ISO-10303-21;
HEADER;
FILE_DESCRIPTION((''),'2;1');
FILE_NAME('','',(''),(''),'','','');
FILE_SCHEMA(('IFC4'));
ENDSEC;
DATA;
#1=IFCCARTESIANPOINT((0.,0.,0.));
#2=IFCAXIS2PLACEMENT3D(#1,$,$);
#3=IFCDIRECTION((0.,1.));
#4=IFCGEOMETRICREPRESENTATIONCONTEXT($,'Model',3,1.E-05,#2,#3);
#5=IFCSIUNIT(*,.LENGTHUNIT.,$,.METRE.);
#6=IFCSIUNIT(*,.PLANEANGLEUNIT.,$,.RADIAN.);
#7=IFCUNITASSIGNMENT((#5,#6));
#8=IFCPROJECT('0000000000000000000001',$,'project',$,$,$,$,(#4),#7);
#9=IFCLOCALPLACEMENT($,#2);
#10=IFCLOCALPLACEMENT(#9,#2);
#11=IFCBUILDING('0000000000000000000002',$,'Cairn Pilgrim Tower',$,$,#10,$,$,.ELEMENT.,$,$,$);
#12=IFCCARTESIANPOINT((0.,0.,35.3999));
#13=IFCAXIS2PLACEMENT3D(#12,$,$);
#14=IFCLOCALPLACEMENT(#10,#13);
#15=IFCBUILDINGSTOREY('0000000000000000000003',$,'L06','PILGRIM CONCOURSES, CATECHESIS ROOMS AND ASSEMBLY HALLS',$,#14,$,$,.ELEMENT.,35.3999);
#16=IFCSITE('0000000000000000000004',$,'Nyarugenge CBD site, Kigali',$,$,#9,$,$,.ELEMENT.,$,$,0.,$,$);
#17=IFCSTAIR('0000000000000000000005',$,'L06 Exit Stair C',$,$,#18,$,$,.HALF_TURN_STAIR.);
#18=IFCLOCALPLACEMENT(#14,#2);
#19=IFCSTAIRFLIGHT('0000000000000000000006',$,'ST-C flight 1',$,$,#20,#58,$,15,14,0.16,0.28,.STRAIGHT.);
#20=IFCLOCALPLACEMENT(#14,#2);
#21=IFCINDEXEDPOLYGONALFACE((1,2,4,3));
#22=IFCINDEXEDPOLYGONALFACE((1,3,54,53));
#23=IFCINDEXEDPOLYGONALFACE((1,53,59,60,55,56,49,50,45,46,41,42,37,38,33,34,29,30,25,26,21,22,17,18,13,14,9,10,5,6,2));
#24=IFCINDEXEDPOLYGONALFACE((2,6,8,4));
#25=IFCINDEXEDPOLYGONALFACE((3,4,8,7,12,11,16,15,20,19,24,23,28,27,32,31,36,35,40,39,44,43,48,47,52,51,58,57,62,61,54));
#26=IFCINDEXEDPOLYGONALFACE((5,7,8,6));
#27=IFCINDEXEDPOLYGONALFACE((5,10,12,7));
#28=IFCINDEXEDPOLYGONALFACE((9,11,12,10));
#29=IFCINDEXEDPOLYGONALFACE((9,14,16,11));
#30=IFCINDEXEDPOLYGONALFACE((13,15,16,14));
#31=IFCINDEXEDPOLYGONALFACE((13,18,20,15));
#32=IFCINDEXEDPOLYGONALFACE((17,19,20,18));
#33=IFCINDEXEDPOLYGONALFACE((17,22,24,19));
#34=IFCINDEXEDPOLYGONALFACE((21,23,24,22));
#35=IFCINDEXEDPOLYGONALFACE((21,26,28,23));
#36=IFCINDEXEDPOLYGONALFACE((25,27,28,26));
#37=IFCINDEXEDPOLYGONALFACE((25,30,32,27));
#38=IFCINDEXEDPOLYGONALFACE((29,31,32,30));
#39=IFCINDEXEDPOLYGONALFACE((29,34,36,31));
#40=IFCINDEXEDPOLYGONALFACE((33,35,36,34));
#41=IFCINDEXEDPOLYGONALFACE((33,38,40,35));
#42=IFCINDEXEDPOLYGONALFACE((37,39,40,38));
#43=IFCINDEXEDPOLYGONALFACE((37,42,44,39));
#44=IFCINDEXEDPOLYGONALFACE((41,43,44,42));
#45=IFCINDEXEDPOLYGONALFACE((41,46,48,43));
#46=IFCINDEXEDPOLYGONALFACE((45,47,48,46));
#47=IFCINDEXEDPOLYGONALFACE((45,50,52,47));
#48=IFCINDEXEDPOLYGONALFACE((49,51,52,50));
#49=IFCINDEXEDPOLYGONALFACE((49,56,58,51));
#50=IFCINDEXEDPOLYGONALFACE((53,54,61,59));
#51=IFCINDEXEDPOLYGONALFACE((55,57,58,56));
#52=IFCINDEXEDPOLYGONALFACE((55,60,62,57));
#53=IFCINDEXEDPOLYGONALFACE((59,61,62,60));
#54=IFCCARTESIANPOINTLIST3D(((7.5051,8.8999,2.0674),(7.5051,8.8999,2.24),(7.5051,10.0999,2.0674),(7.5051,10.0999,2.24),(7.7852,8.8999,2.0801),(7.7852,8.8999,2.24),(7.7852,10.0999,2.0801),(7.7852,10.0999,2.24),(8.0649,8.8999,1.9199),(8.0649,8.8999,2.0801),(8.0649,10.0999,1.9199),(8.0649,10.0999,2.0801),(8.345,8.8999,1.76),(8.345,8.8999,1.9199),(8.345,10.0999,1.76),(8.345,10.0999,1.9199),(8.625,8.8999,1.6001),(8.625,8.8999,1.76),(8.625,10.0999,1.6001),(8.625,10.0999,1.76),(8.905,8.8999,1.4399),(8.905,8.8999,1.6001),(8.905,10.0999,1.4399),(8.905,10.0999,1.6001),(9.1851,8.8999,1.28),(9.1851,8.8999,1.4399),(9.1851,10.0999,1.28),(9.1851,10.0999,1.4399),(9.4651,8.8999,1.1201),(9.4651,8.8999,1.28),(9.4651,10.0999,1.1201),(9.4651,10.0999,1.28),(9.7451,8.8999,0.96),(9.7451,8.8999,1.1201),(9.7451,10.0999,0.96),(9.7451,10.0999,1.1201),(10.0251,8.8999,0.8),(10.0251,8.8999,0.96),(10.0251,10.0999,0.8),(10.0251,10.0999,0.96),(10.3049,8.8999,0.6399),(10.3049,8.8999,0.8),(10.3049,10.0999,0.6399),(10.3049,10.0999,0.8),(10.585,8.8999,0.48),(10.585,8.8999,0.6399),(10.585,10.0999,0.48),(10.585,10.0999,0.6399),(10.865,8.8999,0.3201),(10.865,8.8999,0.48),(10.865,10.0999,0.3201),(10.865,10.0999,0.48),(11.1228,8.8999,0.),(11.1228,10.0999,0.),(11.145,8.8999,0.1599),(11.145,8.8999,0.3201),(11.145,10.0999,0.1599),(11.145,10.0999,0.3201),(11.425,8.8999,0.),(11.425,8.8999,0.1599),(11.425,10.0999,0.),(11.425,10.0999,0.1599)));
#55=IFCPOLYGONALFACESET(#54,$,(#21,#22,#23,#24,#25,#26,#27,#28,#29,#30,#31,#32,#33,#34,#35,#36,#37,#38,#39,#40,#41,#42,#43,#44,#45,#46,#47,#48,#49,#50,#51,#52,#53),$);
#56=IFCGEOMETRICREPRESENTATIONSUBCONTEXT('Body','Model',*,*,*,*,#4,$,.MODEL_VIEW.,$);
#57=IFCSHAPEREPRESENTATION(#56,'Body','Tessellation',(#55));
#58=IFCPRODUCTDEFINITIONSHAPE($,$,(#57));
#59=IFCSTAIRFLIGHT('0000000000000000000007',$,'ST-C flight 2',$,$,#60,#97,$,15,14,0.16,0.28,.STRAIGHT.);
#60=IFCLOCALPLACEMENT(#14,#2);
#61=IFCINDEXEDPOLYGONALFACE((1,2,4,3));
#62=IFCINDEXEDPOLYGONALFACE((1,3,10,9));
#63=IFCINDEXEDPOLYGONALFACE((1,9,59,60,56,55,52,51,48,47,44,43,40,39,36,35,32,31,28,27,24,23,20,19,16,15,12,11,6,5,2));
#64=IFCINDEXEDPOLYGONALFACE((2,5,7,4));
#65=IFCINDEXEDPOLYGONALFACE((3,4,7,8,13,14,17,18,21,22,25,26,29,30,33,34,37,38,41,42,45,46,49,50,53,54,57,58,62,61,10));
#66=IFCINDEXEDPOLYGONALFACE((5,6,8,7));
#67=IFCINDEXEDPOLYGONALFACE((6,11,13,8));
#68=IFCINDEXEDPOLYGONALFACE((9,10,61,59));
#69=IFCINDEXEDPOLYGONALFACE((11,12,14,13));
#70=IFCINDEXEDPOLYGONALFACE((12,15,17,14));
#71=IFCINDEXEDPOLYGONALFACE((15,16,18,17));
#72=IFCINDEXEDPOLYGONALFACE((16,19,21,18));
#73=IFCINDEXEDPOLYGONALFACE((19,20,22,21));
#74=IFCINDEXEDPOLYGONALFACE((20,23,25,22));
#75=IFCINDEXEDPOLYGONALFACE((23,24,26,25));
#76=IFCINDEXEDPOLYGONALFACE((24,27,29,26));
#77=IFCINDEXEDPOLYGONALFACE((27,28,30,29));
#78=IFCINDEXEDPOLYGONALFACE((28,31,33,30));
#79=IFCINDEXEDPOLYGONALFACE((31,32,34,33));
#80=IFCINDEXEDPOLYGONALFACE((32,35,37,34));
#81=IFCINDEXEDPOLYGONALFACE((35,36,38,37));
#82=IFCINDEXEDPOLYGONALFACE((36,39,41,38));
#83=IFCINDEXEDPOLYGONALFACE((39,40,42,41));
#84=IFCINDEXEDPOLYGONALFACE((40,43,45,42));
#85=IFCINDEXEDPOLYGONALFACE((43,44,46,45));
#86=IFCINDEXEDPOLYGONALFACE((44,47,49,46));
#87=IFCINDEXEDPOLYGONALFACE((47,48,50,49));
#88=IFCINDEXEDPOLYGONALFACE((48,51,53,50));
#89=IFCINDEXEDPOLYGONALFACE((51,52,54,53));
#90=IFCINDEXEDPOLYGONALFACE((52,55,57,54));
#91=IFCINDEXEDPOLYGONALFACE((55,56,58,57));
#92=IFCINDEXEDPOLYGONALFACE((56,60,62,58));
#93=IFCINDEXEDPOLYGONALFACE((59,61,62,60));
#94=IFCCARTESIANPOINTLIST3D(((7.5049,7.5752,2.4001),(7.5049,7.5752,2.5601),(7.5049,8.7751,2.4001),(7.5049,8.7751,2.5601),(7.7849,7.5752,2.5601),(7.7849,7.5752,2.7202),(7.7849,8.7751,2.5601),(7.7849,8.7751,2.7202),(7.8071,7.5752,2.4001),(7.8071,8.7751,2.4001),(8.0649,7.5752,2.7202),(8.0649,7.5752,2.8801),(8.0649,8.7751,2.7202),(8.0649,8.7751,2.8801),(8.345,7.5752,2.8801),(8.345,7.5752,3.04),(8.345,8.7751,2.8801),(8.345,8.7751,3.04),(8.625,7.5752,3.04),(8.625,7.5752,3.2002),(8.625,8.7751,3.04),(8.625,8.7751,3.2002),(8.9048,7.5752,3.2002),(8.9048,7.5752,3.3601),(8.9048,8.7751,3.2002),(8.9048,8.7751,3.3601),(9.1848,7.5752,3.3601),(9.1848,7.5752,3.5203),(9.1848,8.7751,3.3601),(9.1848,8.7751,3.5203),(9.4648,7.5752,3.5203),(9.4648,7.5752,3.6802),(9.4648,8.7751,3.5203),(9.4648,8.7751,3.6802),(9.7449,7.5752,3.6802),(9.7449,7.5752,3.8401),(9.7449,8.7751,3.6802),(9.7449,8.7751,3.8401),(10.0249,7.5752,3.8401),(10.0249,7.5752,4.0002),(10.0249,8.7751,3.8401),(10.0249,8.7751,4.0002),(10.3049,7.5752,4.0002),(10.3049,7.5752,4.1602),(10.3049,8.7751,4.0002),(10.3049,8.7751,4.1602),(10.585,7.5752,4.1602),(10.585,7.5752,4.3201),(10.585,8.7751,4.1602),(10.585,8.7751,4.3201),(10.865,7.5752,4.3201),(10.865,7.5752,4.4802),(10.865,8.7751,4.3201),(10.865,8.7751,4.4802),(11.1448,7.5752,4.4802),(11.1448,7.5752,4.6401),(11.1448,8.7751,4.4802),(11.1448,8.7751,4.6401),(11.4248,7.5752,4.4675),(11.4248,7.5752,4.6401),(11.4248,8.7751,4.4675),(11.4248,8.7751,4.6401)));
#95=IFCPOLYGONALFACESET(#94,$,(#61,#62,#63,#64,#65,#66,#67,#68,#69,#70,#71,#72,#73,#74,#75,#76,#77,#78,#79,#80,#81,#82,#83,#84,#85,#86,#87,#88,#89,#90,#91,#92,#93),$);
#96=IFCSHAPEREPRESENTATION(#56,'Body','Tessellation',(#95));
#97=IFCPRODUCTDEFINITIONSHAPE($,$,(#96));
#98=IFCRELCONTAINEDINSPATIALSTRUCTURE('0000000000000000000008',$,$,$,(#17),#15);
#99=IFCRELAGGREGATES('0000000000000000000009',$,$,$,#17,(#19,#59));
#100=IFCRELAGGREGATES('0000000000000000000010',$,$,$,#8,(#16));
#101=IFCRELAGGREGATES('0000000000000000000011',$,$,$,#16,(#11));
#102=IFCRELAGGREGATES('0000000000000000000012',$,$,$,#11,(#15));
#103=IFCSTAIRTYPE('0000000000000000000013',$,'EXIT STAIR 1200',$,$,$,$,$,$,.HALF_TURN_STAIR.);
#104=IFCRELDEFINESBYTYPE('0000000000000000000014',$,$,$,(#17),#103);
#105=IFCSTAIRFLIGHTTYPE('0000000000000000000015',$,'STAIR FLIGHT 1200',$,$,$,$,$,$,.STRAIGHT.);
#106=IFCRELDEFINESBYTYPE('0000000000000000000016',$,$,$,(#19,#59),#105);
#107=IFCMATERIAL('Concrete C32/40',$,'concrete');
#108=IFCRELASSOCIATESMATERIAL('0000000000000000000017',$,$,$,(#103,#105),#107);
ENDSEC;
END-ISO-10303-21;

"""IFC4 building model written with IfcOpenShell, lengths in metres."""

from ifc_helpers import new_model, si_unit, direction, frame, origin, place, context, subcontext, project, spatial, polyline, outline, extrude, material, type_object, element, aggregate, save


model = new_model("IFC4")

# Units and contexts
model_context = context("Model", 3, precision=1e-05, world=origin(), true_north=direction((0.0, 1.0)))
body_context = subcontext(model_context, "Body", "Model", "MODEL_VIEW")
ifc_project = project(units=[si_unit("LENGTHUNIT", "METRE"), si_unit("PLANEANGLEUNIT", "RADIAN")], contexts=[model_context])

# Site, building, storey
site_placement = place(None, origin())
site = spatial("IfcSite", under=ifc_project, at=site_placement, Name="Nyarugenge CBD site, Kigali", CompositionType="ELEMENT", RefElevation=0.0)
building_placement = place(site_placement, origin())
building = spatial("IfcBuilding", under=site, at=building_placement, Name="Cairn Pilgrim Tower", CompositionType="ELEMENT")
storey_placement = place(building_placement, frame((0.0, 0.0, 35.3999)))
storey = spatial("IfcBuildingStorey", under=building, at=storey_placement, Name="L06", Description="PILGRIM CONCOURSES, CATECHESIS ROOMS AND ASSEMBLY HALLS", CompositionType="ELEMENT", Elevation=35.3999)

# Shared definitions
ifc_material_1 = material(Name="Concrete C32/40", Category="concrete")

# Shared definitions
stair_type = type_object("IfcStairType", Name="EXIT STAIR 1200", PredefinedType="HALF_TURN_STAIR", material=ifc_material_1)
stair_flight_type = type_object("IfcStairFlightType", Name="STAIR FLIGHT 1200", PredefinedType="STRAIGHT", material=ifc_material_1)

# Stair, stair flights
stair_1_placement = place(storey_placement, origin())
stair_1 = element("IfcStair", 1, at=stair_1_placement, inside=storey, type_object=stair_type, Name="L06 Exit Stair C", PredefinedType="HALF_TURN_STAIR")
stair_flight_1_placement = place(storey_placement, frame((11.425, 9.5, 0.0), z_axis=(0.0, 0.0, 1.0), x_axis=(-1.0, 0.0, 0.0)))
stair_flight_1 = element("IfcStairFlight", 2, at=stair_flight_1_placement, type_object=stair_flight_type, Name="ST-C flight 1", NumberOfRisers=15, NumberOfTreads=14, PredefinedType="STRAIGHT", RiserHeight=0.16, TreadLength=0.28, context=body_context, shape_type="SweptSolid", body=[
    extrude(outline(polyline([(0.0, 0.0), (0.0, 0.1599), (0.28, 0.1599), (0.28, 0.3201), (0.5601, 0.3201), (0.5601, 0.48), (0.8401, 0.48), (0.8401, 0.6399), (1.1201, 0.6399), (1.1201, 0.8), (1.3999, 0.8), (1.3999, 0.96), (1.6799, 0.96), (1.6799, 1.1201), (1.96, 1.1201), (1.96, 1.28), (2.24, 1.28), (2.24, 1.4399), (2.52, 1.4399), (2.52, 1.6001), (2.8, 1.6001), (2.8, 1.76), (3.0801, 1.76), (3.0801, 1.9199), (3.3601, 1.9199), (3.3601, 2.0801), (3.6399, 2.0801), (3.6399, 2.24), (3.9199, 2.24), (3.9199, 2.3999), (3.9199, 2.0674), (0.3022, 0.0), (0.0, 0.0)])), frame((0.0, 0.6001, 0.0), z_axis=(0.0, -1.0, 0.0), x_axis=(1.0, 0.0, 0.0)), (0.0, 0.0, 1.0), 1.2),
])
stair_flight_2_placement = place(storey_placement, frame((7.5049, 8.175, 2.4001), z_axis=(0.0, 0.0, 1.0), x_axis=(1.0, 0.0, 0.0)))
stair_flight_2 = element("IfcStairFlight", 3, at=stair_flight_2_placement, type_object=stair_flight_type, Name="ST-C flight 2", NumberOfRisers=15, NumberOfTreads=14, PredefinedType="STRAIGHT", RiserHeight=0.16, TreadLength=0.28, context=body_context, shape_type="SweptSolid", body=[
    extrude(outline(polyline([(0.0, 0.0), (0.0, 0.1599), (0.28, 0.1599), (0.28, 0.3201), (0.5601, 0.3201), (0.5601, 0.48), (0.8401, 0.48), (0.8401, 0.6399), (1.1201, 0.6399), (1.1201, 0.8), (1.3999, 0.8), (1.3999, 0.96), (1.6799, 0.96), (1.6799, 1.1201), (1.96, 1.1201), (1.96, 1.28), (2.24, 1.28), (2.24, 1.4399), (2.52, 1.4399), (2.52, 1.6001), (2.8, 1.6001), (2.8, 1.76), (3.0801, 1.76), (3.0801, 1.9199), (3.3601, 1.9199), (3.3601, 2.0801), (3.6399, 2.0801), (3.6399, 2.24), (3.9199, 2.24), (3.9199, 2.3999), (3.9199, 2.0674), (0.3022, 0.0), (0.0, 0.0)])), frame((0.0, 0.6001, 0.0), z_axis=(0.0, -1.0, 0.0), x_axis=(1.0, 0.0, 0.0)), (0.0, 0.0, 1.0), 1.2),
])
aggregate(stair_1, [stair_flight_1, stair_flight_2])

save(model, "model.ifc")
